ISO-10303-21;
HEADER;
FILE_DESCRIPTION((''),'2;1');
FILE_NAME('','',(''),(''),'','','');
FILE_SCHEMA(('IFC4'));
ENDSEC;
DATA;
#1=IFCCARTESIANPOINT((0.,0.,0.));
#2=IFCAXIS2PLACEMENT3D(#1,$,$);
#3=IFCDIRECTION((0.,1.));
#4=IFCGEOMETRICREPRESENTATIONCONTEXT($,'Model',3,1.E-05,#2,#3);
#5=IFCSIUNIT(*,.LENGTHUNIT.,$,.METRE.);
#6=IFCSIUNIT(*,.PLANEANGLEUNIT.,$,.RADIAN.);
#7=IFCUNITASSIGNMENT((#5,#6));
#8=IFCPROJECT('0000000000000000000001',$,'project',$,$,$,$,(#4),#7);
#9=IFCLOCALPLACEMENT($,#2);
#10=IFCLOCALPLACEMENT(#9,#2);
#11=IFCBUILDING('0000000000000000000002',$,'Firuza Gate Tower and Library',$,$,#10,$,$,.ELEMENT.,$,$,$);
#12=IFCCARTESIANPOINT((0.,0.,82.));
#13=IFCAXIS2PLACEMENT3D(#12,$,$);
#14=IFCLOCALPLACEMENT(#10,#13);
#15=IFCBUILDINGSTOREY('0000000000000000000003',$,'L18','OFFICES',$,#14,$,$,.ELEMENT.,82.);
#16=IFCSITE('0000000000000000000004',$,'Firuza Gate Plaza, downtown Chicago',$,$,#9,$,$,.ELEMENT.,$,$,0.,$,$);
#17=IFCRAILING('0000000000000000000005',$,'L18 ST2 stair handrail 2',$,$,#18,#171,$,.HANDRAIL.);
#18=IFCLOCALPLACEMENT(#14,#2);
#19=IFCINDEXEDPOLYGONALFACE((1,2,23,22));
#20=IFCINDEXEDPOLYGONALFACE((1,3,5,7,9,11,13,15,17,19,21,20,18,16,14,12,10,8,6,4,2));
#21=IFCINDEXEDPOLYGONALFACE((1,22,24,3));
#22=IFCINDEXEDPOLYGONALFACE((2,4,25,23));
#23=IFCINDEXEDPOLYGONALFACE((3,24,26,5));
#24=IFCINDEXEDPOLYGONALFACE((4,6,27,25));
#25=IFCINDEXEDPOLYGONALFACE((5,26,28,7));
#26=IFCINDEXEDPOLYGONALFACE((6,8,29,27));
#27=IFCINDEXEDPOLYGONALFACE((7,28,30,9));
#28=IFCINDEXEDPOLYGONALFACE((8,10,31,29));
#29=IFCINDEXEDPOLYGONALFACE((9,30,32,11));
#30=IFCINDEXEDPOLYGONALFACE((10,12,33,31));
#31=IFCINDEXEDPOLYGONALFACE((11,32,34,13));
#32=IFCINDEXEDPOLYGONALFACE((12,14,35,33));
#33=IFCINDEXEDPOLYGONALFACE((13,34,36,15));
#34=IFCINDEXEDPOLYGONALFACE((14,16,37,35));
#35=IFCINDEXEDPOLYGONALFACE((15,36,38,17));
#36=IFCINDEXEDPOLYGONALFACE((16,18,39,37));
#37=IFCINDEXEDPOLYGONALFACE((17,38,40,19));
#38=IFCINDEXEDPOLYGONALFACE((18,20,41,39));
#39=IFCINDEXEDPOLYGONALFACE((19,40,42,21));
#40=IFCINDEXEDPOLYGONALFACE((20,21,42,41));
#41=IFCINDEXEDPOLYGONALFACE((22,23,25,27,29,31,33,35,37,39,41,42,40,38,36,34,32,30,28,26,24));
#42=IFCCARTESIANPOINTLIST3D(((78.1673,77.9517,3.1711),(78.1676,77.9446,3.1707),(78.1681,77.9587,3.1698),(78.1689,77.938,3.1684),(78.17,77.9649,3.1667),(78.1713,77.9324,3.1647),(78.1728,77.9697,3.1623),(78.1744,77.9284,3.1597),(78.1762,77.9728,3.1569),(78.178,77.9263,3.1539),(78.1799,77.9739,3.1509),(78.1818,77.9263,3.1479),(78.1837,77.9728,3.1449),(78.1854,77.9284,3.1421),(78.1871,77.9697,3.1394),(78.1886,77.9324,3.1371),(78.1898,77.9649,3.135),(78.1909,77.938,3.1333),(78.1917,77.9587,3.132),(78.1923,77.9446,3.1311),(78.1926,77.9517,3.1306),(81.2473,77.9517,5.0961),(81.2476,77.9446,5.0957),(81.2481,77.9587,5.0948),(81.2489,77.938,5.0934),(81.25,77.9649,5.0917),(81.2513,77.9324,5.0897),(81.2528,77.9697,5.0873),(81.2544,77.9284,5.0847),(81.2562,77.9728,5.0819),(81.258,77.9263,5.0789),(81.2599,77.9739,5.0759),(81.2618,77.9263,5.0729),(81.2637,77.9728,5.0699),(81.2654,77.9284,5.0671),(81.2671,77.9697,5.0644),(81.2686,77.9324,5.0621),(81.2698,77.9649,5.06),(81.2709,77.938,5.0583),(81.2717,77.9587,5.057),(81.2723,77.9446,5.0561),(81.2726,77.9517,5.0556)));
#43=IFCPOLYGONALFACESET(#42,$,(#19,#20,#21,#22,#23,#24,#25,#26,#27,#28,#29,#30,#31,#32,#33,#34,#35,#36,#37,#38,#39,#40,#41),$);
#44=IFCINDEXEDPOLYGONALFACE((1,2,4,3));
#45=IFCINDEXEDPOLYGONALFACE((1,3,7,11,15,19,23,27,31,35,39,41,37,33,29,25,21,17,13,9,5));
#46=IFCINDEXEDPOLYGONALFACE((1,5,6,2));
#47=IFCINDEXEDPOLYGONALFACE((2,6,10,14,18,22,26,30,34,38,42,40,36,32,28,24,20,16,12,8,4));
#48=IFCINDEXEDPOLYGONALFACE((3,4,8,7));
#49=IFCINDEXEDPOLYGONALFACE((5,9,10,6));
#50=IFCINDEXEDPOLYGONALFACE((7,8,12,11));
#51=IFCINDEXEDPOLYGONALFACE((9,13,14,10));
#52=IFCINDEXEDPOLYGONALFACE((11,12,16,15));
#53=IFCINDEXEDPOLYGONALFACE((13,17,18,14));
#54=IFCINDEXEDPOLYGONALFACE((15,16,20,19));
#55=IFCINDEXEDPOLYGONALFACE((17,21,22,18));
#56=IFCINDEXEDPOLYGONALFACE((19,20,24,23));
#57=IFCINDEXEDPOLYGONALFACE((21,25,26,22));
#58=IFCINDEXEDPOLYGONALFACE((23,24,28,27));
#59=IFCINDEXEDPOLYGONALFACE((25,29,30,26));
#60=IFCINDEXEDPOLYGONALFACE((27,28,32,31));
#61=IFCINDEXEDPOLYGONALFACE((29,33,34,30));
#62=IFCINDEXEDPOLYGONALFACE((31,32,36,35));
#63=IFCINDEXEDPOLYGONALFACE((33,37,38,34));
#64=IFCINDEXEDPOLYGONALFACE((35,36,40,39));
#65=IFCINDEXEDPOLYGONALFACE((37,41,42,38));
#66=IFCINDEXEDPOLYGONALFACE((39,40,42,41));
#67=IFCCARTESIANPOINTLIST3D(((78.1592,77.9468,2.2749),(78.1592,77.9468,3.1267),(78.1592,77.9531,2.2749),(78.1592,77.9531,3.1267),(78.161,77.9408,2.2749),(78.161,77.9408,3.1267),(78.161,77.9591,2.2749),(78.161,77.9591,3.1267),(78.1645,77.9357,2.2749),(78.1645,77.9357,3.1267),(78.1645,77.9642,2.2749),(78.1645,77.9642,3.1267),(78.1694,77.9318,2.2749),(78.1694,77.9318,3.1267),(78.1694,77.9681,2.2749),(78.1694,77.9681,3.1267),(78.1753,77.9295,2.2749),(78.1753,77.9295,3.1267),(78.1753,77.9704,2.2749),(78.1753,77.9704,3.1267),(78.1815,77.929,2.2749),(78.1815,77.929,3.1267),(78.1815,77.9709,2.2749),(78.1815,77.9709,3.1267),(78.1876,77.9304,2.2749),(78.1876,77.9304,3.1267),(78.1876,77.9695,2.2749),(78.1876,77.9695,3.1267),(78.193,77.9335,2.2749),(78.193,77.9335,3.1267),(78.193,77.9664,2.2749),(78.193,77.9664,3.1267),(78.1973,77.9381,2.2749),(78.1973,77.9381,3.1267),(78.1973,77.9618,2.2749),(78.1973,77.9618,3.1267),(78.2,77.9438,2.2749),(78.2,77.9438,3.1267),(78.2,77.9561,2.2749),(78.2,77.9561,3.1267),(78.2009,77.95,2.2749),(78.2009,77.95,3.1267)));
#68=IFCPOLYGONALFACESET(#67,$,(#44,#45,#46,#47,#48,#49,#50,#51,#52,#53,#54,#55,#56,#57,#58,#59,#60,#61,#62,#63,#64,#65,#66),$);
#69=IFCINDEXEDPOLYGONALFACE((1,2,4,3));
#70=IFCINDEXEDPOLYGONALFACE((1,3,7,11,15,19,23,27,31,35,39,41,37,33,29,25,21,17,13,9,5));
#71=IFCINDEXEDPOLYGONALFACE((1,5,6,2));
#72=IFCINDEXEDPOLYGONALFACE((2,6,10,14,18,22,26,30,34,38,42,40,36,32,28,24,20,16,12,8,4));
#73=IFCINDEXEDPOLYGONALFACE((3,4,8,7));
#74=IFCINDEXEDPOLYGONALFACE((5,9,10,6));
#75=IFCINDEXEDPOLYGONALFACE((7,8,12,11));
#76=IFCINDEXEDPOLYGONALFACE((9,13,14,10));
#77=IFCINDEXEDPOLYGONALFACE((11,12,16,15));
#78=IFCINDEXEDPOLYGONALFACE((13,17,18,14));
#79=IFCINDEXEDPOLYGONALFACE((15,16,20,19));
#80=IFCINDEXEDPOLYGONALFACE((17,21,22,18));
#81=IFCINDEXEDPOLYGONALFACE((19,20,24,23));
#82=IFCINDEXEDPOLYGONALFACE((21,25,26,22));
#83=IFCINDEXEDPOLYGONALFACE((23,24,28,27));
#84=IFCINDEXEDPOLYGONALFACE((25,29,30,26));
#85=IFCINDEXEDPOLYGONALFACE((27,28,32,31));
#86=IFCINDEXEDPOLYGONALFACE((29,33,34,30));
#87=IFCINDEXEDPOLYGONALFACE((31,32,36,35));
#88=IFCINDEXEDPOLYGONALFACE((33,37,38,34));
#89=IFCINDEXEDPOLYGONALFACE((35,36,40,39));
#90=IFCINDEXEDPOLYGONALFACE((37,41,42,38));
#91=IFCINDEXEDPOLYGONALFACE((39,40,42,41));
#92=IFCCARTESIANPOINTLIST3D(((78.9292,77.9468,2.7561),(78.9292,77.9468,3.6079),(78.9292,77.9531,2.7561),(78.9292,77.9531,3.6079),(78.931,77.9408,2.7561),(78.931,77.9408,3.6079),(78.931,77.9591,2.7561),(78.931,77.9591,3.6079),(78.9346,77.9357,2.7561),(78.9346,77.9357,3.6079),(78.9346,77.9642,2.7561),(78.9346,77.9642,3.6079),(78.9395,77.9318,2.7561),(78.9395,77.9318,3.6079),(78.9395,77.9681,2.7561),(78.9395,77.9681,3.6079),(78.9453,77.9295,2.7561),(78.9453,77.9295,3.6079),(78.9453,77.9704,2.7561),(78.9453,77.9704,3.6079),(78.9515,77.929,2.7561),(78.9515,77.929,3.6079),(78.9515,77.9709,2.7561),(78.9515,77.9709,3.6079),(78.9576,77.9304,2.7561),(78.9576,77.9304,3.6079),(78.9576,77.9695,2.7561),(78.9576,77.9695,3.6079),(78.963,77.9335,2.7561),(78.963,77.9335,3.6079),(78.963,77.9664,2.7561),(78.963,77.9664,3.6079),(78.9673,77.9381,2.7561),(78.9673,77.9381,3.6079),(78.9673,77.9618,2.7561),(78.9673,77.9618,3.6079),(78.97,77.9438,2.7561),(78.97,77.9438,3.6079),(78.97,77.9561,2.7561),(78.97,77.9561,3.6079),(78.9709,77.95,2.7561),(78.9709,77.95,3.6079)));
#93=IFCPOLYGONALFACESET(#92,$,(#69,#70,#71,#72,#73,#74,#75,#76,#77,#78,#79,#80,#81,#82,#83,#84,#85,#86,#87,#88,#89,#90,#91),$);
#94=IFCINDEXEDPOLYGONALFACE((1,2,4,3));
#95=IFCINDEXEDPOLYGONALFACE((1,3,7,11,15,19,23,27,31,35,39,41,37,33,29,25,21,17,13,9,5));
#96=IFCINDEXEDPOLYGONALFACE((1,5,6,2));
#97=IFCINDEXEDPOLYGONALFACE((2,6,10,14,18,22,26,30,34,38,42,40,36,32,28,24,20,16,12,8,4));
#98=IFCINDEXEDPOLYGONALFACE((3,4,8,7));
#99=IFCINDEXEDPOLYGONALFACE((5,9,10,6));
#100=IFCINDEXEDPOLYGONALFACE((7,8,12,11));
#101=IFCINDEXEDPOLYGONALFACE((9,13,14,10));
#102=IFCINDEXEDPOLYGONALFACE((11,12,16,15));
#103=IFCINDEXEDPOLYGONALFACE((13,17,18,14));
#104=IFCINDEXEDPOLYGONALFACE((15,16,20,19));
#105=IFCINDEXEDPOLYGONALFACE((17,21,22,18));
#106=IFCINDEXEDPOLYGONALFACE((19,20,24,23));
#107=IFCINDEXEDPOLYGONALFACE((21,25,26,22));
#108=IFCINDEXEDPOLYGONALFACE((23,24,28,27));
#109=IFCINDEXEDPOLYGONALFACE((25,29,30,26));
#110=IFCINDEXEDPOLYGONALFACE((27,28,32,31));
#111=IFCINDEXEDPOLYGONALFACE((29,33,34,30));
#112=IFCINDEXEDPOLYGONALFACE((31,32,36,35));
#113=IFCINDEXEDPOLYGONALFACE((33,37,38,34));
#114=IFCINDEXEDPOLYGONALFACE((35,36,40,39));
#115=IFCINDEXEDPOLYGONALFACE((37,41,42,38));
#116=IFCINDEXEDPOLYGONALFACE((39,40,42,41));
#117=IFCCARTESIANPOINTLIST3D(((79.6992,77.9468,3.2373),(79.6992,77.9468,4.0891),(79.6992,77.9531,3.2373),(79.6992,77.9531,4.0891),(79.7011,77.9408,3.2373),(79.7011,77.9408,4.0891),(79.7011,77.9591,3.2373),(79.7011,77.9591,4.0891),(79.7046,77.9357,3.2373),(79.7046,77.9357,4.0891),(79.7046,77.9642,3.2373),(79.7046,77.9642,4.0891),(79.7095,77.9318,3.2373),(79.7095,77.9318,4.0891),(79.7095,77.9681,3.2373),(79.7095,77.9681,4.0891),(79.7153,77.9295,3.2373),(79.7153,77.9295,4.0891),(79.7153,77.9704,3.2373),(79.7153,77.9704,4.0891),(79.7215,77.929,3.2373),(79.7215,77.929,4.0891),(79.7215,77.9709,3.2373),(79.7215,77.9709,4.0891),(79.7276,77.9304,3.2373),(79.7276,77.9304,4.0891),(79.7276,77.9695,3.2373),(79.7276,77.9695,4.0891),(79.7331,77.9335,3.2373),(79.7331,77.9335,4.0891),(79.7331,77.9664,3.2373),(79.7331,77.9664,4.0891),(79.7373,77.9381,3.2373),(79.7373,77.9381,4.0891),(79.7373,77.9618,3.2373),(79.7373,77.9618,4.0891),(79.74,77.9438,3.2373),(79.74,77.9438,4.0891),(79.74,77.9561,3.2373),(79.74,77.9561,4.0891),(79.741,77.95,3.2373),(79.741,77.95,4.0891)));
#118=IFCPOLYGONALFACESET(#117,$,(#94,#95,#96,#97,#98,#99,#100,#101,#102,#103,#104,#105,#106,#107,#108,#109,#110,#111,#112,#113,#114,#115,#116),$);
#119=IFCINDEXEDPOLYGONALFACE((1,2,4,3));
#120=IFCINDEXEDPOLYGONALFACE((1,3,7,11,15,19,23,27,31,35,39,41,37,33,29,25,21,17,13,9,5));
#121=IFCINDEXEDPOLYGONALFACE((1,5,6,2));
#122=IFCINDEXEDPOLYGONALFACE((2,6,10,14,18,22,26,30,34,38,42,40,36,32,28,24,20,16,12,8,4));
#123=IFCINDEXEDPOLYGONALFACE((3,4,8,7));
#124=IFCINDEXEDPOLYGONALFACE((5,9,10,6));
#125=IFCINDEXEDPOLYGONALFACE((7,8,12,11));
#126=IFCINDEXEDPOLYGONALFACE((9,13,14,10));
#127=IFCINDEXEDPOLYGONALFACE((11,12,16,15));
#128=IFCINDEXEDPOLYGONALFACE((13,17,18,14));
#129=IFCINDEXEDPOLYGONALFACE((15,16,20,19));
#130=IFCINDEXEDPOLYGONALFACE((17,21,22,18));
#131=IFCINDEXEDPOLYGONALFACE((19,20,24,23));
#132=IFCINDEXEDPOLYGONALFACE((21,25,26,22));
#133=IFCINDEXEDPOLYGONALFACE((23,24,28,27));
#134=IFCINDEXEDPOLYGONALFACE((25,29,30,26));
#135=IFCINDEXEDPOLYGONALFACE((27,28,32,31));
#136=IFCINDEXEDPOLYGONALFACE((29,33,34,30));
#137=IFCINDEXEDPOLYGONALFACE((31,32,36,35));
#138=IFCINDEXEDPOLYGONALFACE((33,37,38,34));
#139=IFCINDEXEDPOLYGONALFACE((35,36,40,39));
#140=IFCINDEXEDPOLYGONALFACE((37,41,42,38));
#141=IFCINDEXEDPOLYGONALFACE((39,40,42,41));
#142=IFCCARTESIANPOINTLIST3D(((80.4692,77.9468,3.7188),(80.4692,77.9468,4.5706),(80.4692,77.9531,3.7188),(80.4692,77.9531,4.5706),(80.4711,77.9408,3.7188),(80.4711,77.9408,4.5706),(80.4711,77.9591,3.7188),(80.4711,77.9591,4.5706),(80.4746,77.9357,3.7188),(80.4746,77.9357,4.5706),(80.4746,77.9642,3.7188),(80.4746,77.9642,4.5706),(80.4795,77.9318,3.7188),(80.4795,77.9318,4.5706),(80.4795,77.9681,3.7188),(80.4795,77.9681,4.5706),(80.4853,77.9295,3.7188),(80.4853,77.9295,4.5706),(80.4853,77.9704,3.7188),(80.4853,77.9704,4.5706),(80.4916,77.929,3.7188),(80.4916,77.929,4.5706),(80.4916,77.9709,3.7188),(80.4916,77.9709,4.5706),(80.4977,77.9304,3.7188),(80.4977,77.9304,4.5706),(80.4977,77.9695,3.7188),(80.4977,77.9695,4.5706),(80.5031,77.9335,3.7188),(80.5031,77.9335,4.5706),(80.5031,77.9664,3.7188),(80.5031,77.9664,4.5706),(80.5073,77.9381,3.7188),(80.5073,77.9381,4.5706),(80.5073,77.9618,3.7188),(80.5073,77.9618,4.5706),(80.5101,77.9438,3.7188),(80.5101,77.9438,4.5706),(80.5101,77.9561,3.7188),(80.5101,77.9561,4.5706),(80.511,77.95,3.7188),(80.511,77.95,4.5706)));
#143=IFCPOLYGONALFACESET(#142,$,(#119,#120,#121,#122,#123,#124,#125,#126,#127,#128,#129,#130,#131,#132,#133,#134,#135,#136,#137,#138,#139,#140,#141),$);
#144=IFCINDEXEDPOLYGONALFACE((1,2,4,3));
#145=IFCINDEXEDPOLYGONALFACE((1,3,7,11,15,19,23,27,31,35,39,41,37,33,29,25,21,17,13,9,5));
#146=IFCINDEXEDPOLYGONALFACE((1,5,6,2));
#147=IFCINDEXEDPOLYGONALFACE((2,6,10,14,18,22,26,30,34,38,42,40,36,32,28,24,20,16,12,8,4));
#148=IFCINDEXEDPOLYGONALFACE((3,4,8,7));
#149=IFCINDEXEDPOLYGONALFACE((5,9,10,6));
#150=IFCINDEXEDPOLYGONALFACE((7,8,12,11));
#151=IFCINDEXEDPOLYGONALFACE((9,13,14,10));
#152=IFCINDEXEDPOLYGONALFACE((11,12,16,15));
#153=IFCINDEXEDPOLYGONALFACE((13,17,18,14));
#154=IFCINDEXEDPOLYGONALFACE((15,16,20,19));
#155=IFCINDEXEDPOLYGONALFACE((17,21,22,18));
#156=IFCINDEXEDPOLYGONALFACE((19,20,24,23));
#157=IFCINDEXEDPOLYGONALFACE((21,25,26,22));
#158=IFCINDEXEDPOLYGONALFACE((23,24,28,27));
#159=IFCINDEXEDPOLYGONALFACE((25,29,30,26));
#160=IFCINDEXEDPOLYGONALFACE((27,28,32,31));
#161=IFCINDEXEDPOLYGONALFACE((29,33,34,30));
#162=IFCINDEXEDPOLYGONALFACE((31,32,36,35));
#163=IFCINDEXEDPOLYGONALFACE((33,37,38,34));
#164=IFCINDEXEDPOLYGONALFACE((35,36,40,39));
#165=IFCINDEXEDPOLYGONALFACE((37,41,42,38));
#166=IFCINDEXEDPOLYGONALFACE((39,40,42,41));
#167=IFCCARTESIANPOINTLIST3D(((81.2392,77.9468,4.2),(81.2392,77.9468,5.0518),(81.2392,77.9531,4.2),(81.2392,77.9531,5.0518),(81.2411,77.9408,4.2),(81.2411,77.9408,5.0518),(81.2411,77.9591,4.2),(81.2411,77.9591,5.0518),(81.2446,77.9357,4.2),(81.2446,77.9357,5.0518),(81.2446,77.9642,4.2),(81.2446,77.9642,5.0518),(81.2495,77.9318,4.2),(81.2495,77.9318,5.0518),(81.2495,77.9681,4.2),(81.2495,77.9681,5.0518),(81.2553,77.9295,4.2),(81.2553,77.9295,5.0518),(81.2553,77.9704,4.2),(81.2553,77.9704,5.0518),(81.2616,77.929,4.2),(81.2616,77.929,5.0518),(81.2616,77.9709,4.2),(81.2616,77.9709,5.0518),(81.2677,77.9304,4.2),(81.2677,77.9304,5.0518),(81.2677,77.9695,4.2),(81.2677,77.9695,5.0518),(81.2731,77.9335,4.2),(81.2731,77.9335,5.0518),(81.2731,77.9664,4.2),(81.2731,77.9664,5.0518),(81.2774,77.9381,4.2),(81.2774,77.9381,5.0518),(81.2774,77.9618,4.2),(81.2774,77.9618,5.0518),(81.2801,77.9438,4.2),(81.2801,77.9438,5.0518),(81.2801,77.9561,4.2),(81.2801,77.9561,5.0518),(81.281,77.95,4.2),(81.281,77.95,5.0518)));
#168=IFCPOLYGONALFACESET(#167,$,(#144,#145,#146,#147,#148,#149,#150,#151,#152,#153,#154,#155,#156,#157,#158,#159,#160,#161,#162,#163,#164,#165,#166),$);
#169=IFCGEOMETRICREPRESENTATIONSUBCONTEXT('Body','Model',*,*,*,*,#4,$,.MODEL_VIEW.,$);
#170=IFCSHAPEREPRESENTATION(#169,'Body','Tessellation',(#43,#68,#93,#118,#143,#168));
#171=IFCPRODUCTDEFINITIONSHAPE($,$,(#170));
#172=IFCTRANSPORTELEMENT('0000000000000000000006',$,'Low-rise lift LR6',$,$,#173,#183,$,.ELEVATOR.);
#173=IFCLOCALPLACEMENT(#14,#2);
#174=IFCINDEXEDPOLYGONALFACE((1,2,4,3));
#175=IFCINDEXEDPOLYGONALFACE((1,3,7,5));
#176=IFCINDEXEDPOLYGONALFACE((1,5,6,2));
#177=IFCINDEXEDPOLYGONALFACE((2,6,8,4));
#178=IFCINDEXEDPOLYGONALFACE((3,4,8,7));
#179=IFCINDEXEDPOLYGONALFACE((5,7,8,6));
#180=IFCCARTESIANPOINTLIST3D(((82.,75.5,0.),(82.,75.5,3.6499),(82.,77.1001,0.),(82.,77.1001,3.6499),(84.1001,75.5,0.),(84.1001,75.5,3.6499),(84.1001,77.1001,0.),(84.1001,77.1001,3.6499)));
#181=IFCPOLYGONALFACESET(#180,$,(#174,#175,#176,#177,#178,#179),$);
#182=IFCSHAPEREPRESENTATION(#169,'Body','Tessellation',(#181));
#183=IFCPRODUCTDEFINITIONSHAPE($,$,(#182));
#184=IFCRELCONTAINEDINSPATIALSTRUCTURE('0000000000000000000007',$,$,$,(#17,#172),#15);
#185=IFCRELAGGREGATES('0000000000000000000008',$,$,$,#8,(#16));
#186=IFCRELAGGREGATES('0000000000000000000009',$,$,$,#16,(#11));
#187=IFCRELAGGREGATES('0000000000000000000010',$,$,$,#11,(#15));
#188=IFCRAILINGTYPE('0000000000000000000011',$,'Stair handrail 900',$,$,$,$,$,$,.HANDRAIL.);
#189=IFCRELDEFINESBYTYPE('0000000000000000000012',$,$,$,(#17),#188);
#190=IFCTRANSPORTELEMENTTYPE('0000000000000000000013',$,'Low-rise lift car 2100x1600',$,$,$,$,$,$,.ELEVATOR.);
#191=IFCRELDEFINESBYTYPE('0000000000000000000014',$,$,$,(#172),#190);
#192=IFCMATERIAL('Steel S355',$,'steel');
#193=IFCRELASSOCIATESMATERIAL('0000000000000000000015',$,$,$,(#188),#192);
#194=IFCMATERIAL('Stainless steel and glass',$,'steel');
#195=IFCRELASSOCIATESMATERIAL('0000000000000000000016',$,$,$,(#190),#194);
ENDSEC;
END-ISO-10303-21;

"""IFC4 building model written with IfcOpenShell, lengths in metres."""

from ifc_helpers import new_model, si_unit, direction, frame, origin, origin_2d, place, context, subcontext, project, spatial, rectangle, circle, extrude, material, type_object, element, save


model = new_model("IFC4")

# Units and contexts
model_context = context("Model", 3, precision=1e-05, world=origin(), true_north=direction((0.0, 1.0)))
body_context = subcontext(model_context, "Body", "Model", "MODEL_VIEW")
ifc_project = project(units=[si_unit("LENGTHUNIT", "METRE"), si_unit("PLANEANGLEUNIT", "RADIAN")], contexts=[model_context])

# Site, building, storey
site_placement = place(None, origin())
site = spatial("IfcSite", under=ifc_project, at=site_placement, Name="Firuza Gate Plaza, downtown Chicago", CompositionType="ELEMENT", RefElevation=0.0)
building_placement = place(site_placement, origin())
building = spatial("IfcBuilding", under=site, at=building_placement, Name="Firuza Gate Tower and Library", CompositionType="ELEMENT")
storey_placement = place(building_placement, frame((0.0, 0.0, 82.0)))
storey = spatial("IfcBuildingStorey", under=building, at=storey_placement, Name="L18", Description="OFFICES", CompositionType="ELEMENT", Elevation=82.0)

# Railing
ifc_material_1 = material(Name="Steel S355", Category="steel")
railing_type_1 = type_object("IfcRailingType", Name="Stair handrail 900", PredefinedType="HANDRAIL", material=ifc_material_1)
railing_1_placement = place(storey_placement, frame((78.1799, 77.95, 2.2749)))
element("IfcRailing", 1, at=railing_1_placement, inside=storey, type_object=railing_type_1, Name="L18 ST2 stair handrail 2", PredefinedType="HANDRAIL", context=body_context, shape_type="SweptSolid", body=[
    extrude(circle(Radius=0.0239, at=origin_2d()), frame((0.0, 0.0, 0.876), z_axis=(0.847998, 0.0, 0.529999), x_axis=(0.0, 1.0, 0.0)), (0.0, 0.0, 1.0), 3.6321),
    extrude(circle(Radius=0.021, at=origin_2d()), origin(), (0.0, 0.0, 1.0), 0.8518),
    extrude(circle(Radius=0.021, at=origin_2d()), frame((0.77, 0.0, 0.4812)), (0.0, 0.0, 1.0), 0.8518),
    extrude(circle(Radius=0.021, at=origin_2d()), frame((1.54, 0.0, 0.9624)), (0.0, 0.0, 1.0), 0.8518),
    extrude(circle(Radius=0.021, at=origin_2d()), frame((2.3101, 0.0, 1.4438)), (0.0, 0.0, 1.0), 0.8518),
    extrude(circle(Radius=0.021, at=origin_2d()), frame((3.0801, 0.0, 1.925)), (0.0, 0.0, 1.0), 0.8518),
])

# Transport element
ifc_material_2 = material(Name="Stainless steel and glass", Category="steel")
transport_element_type = type_object("IfcTransportElementType", Name="Low-rise lift car 2100x1600", PredefinedType="ELEVATOR", material=ifc_material_2)
transport_element_placement = place(storey_placement, frame((83.05, 76.3, 0.0), z_axis=(0.0, 0.0, 1.0), x_axis=(1.0, 0.0, 0.0)))
element("IfcTransportElement", 2, at=transport_element_placement, inside=storey, type_object=transport_element_type, Name="Low-rise lift LR6", PredefinedType="ELEVATOR", context=body_context, shape_type="SweptSolid", body=[
    extrude(rectangle(XDim=2.1001, YDim=1.6001, at=origin_2d()), origin(), (0.0, 0.0, 1.0), 3.6499),
])

save(model, "model.ifc")
